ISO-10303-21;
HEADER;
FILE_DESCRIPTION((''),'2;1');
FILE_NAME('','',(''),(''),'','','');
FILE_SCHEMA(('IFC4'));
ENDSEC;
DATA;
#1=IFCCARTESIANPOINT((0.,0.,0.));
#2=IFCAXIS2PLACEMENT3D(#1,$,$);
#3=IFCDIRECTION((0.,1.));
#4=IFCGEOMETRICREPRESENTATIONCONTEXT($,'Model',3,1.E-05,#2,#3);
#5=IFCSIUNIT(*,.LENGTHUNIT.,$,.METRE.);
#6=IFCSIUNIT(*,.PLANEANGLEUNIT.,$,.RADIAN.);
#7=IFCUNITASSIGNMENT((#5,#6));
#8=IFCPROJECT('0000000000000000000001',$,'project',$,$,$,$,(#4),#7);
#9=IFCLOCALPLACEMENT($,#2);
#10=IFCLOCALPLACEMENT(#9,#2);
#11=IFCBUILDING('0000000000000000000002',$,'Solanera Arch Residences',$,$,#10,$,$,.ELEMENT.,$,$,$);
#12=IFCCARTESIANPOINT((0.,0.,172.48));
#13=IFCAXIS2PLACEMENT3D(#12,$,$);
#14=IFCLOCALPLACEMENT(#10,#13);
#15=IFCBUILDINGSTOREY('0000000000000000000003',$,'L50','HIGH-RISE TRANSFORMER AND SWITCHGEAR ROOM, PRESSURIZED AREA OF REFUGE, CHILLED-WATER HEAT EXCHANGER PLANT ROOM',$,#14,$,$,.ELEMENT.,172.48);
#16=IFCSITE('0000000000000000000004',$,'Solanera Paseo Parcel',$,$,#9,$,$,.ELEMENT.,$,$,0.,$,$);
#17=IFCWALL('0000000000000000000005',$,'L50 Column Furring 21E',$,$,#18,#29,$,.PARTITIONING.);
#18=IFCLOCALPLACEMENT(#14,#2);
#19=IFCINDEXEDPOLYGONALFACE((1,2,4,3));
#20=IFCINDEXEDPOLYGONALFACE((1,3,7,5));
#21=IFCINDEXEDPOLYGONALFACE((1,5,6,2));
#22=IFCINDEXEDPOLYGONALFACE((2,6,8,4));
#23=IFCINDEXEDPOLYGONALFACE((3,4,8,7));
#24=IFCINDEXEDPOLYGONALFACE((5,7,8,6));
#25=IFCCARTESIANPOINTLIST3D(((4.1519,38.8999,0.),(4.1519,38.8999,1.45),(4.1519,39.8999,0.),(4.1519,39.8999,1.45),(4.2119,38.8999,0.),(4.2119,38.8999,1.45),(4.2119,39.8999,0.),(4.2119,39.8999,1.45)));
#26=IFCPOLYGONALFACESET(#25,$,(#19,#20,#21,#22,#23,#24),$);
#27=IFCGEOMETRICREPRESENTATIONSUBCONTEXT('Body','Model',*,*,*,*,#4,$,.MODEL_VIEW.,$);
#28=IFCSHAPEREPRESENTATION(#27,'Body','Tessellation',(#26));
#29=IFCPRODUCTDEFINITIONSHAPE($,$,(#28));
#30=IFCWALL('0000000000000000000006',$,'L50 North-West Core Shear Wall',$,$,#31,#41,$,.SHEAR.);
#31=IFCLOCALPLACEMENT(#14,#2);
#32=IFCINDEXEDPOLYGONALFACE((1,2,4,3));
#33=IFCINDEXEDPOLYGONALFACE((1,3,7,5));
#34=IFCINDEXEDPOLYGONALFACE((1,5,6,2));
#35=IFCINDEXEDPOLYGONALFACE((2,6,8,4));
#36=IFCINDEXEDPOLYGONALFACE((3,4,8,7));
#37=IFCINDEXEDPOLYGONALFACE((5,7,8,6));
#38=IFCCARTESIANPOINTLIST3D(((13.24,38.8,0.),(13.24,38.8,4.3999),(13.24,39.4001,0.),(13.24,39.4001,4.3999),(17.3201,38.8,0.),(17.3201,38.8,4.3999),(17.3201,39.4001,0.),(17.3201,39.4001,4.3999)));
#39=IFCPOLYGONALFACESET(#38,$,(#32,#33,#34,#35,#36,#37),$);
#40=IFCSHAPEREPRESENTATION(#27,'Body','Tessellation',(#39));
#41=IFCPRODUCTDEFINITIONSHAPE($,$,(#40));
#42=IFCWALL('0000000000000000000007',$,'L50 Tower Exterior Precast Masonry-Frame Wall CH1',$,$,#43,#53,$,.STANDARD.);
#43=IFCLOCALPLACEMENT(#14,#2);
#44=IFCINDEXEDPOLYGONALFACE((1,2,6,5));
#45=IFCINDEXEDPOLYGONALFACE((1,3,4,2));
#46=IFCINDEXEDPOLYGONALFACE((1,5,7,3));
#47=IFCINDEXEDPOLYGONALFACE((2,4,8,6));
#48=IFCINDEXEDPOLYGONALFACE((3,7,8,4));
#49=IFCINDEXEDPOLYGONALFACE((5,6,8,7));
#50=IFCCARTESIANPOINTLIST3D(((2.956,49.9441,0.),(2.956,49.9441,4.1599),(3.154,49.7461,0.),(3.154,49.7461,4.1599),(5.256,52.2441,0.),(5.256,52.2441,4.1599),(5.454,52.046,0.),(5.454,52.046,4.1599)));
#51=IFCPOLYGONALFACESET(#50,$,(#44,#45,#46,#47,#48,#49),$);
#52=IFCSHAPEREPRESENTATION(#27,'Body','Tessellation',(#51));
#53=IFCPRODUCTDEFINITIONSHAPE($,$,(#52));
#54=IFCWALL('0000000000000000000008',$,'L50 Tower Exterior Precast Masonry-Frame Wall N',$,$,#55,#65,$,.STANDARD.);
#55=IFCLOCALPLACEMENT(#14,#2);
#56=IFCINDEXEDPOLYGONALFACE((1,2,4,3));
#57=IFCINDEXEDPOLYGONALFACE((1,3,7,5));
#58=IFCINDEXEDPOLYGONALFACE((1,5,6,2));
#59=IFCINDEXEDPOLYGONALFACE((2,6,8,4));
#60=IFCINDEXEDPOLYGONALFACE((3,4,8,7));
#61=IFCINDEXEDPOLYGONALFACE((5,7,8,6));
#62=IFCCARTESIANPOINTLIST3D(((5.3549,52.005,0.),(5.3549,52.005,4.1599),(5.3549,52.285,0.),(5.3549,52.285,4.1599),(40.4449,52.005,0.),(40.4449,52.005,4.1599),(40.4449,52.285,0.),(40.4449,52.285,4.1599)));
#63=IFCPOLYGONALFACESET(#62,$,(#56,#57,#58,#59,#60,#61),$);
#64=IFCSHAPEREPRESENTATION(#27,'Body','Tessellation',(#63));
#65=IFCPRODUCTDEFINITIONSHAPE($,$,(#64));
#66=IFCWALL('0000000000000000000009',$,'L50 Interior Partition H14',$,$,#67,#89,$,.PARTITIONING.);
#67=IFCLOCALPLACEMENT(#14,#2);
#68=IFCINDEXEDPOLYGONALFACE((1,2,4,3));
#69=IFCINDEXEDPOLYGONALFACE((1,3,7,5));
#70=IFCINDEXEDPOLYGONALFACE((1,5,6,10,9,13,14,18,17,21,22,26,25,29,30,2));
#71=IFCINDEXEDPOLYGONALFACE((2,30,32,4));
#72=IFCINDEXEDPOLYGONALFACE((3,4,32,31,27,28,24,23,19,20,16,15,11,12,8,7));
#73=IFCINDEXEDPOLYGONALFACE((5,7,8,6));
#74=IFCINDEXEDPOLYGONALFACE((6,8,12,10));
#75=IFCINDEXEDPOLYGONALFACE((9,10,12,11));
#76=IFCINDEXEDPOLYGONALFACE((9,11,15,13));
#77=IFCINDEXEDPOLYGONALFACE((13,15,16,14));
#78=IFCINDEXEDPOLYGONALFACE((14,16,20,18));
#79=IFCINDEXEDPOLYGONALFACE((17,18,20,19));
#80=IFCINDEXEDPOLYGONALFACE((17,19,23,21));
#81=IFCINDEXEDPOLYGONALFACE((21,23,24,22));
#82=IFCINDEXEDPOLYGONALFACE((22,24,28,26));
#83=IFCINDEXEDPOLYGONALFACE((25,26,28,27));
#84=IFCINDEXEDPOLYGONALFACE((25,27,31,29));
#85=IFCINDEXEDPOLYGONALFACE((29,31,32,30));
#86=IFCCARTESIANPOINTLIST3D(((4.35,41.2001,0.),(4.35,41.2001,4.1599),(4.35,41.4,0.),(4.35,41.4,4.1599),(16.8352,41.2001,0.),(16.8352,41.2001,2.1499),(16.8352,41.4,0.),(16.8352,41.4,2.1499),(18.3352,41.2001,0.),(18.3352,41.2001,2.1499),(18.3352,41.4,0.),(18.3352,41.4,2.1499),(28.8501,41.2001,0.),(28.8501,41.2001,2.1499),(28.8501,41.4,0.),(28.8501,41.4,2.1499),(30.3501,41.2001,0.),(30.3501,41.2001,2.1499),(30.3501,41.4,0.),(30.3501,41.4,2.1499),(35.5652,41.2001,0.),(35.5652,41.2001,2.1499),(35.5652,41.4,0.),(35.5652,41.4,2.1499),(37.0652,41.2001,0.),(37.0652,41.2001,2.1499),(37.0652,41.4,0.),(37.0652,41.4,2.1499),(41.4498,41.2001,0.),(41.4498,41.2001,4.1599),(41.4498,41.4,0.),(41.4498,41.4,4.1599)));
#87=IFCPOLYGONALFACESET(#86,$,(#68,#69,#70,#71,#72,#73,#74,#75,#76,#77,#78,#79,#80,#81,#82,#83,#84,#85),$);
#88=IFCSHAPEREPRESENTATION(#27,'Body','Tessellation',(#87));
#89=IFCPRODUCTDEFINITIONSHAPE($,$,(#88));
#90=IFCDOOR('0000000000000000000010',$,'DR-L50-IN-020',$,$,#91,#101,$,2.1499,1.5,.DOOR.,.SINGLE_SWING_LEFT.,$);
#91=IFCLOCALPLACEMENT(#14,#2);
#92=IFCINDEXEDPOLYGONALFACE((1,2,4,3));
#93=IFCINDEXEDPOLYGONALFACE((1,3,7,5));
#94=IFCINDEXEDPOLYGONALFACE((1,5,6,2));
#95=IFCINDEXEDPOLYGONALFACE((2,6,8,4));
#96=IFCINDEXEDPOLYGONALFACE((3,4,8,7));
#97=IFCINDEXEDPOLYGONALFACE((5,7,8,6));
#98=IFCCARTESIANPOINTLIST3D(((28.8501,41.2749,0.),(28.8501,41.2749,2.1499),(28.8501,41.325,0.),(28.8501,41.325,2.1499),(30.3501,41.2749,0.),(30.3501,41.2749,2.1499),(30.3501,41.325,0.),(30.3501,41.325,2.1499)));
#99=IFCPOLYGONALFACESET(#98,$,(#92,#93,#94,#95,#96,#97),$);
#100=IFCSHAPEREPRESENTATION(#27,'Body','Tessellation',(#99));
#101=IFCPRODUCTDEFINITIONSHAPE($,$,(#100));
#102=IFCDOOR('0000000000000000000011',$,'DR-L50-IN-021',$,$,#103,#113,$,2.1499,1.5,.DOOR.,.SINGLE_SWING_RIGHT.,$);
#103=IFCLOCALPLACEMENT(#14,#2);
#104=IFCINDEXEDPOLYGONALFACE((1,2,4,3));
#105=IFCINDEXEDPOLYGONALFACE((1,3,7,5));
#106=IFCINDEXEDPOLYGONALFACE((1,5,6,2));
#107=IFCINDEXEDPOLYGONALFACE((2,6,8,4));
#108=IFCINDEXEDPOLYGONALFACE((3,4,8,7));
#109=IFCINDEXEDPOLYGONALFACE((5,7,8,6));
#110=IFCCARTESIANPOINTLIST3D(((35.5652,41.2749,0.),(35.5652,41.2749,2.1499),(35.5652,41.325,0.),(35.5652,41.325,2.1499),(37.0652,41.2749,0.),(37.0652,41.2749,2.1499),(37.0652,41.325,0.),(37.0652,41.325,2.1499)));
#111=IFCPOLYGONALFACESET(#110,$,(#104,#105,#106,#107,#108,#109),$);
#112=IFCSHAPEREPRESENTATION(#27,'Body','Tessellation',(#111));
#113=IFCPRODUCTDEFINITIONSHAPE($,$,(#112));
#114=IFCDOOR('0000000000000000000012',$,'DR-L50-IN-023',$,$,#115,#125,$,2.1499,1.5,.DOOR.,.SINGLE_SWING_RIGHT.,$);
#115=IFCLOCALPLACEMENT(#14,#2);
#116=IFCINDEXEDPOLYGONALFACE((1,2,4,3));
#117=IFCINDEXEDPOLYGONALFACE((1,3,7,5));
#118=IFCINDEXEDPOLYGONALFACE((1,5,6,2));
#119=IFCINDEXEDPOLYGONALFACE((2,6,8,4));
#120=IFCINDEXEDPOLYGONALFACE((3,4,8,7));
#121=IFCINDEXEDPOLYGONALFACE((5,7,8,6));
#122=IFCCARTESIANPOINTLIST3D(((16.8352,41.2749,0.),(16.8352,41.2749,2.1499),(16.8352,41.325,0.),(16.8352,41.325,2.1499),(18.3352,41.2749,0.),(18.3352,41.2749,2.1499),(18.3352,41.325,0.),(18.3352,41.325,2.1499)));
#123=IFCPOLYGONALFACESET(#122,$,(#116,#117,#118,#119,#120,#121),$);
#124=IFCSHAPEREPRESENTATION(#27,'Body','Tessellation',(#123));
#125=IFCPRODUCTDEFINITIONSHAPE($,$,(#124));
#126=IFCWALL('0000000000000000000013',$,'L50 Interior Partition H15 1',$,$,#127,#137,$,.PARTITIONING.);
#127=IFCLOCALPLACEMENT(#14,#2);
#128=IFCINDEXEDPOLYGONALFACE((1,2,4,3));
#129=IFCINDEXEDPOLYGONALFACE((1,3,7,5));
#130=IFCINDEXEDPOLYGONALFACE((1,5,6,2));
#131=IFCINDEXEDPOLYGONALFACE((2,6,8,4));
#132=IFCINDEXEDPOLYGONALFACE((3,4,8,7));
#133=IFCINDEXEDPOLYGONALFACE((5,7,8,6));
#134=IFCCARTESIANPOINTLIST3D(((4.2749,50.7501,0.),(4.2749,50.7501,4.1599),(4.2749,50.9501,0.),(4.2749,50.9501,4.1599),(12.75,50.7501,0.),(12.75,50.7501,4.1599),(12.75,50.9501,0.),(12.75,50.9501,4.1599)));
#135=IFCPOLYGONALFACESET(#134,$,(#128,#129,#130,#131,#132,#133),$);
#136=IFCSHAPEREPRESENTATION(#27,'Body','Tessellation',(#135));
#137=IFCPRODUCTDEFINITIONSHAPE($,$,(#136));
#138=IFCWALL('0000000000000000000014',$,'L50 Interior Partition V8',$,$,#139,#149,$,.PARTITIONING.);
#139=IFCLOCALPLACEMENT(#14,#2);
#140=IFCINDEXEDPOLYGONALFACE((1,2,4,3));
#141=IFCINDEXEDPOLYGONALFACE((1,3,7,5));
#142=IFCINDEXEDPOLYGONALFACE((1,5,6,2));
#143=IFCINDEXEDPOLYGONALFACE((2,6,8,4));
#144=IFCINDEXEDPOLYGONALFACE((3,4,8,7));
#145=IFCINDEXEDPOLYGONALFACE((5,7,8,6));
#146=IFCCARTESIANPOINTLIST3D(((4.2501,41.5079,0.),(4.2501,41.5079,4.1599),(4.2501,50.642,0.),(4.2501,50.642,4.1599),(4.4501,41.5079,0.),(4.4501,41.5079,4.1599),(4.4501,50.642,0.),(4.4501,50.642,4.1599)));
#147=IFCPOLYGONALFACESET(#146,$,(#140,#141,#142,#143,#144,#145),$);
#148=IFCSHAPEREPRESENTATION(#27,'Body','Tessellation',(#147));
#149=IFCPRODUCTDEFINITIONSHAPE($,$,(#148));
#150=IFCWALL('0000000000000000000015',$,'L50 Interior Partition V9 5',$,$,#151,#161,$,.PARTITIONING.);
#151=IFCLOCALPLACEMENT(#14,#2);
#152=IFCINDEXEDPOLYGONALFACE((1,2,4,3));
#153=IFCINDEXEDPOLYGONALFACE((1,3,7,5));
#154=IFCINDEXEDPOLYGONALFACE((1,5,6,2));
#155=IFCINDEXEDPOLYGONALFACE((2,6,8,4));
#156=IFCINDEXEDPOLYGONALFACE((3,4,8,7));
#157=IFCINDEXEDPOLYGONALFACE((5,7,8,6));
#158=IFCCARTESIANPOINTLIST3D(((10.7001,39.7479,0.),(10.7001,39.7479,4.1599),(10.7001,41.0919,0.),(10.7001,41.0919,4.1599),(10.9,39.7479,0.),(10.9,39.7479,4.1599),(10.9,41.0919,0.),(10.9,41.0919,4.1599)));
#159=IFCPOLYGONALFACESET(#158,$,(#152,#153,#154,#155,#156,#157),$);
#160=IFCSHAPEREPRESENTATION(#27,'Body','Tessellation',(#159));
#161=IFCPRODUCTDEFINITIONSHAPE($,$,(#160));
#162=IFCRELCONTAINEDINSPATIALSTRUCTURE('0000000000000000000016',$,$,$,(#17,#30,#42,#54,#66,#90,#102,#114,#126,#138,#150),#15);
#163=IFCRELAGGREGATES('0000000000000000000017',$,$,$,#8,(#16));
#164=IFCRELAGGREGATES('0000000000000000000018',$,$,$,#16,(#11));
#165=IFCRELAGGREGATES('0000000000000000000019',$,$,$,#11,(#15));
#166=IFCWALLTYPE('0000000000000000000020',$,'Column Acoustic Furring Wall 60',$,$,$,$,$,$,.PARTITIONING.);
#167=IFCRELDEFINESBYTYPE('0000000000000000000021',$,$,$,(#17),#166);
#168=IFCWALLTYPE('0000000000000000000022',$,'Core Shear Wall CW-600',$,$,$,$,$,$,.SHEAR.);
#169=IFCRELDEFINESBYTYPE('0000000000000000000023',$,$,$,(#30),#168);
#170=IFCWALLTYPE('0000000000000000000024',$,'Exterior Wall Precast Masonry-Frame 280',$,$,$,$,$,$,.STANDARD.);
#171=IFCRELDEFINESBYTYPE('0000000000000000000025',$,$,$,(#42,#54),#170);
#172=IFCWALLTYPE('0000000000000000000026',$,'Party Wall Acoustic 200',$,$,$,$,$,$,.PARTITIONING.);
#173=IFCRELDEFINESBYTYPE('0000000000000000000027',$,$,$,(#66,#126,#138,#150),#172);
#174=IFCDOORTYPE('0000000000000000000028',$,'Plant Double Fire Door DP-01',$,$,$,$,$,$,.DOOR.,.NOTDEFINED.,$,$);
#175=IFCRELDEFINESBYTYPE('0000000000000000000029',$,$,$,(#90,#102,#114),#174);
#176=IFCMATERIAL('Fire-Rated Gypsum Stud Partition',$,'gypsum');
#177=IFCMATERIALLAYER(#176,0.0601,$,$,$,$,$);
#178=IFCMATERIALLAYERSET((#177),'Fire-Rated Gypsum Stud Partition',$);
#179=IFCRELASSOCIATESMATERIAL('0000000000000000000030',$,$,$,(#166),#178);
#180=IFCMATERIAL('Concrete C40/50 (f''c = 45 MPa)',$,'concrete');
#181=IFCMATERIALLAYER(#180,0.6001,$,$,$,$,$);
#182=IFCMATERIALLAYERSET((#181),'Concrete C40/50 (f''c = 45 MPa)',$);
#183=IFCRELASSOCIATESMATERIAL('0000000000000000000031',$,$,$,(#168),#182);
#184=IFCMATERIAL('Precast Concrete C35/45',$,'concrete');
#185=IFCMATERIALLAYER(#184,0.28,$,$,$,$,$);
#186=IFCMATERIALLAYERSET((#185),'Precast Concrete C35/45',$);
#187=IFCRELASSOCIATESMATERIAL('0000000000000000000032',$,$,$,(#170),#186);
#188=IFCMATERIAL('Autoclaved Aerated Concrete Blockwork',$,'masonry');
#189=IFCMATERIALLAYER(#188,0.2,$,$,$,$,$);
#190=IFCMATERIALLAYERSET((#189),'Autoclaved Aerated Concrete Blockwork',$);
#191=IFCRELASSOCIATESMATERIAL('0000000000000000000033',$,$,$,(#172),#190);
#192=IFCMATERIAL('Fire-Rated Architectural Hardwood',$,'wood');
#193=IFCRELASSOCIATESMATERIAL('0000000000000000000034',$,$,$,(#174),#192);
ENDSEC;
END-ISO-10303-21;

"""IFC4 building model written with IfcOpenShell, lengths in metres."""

from ifc_helpers import new_model, si_unit, direction, frame, frame_2d, origin, place, context, subcontext, project, spatial, rectangle, extrude, material, layer, layer_set, type_object, element, fill, save


model = new_model("IFC4")

# Units and contexts
model_context = context("Model", 3, precision=1e-05, world=origin(), true_north=direction((0.0, 1.0)))
body_context = subcontext(model_context, "Body", "Model", "MODEL_VIEW")
ifc_project = project(units=[si_unit("LENGTHUNIT", "METRE"), si_unit("PLANEANGLEUNIT", "RADIAN")], contexts=[model_context])

# Site, building, storey
site_placement = place(None, origin())
site = spatial("IfcSite", under=ifc_project, at=site_placement, Name="Solanera Paseo Parcel", CompositionType="ELEMENT", RefElevation=0.0)
building_placement = place(site_placement, origin())
building = spatial("IfcBuilding", under=site, at=building_placement, Name="Solanera Arch Residences", CompositionType="ELEMENT")
storey_placement = place(building_placement, frame((0.0, 0.0, 172.48)))
storey = spatial("IfcBuildingStorey", under=building, at=storey_placement, Name="L50", Description="HIGH-RISE TRANSFORMER AND SWITCHGEAR ROOM, PRESSURIZED AREA OF REFUGE, CHILLED-WATER HEAT EXCHANGER PLANT ROOM", CompositionType="ELEMENT", Elevation=172.48)

# Walls
ifc_material_1 = material(Name="Fire-Rated Gypsum Stud Partition", Category="gypsum")
ifc_layer_1 = layer(ifc_material_1, 0.0601)
ifc_layer_set_1 = layer_set([ifc_layer_1], Name="Fire-Rated Gypsum Stud Partition")
wall_type_1 = type_object("IfcWallType", Name="Column Acoustic Furring Wall 60", PredefinedType="PARTITIONING", material=ifc_layer_set_1)
wall_1_placement = place(storey_placement, frame((4.1819, 38.8999, 0.0), z_axis=(0.0, 0.0, 1.0), x_axis=(0.0, 1.0, 0.0)))
element("IfcWall", 1, at=wall_1_placement, inside=storey, type_object=wall_type_1, Name="L50 Column Furring 21E", PredefinedType="PARTITIONING", context=body_context, shape_type="SweptSolid", body=[
    extrude(rectangle(XDim=1.0, YDim=0.0601, at=frame_2d((0.5, 0.0))), origin(), (0.0, 0.0, 1.0), 1.45),
])
ifc_material_2 = material(Name="Concrete C40/50 (f'c = 45 MPa)", Category="concrete")
ifc_layer_2 = layer(ifc_material_2, 0.6001)
ifc_layer_set_2 = layer_set([ifc_layer_2], Name="Concrete C40/50 (f'c = 45 MPa)")
wall_type_2 = type_object("IfcWallType", Name="Core Shear Wall CW-600", PredefinedType="SHEAR", material=ifc_layer_set_2)
wall_2_placement = place(storey_placement, frame((13.24, 39.1001, 0.0), z_axis=(0.0, 0.0, 1.0), x_axis=(1.0, 0.0, 0.0)))
element("IfcWall", 2, at=wall_2_placement, inside=storey, type_object=wall_type_2, Name="L50 North-West Core Shear Wall", PredefinedType="SHEAR", context=body_context, shape_type="SweptSolid", body=[
    extrude(rectangle(XDim=4.0801, YDim=0.6001, at=frame_2d((2.04, 0.0))), origin(), (0.0, 0.0, 1.0), 4.3999),
])

# Walls
ifc_material_3 = material(Name="Precast Concrete C35/45", Category="concrete")
ifc_layer_3 = layer(ifc_material_3, 0.28)
ifc_layer_set_3 = layer_set([ifc_layer_3], Name="Precast Concrete C35/45")
wall_type_3 = type_object("IfcWallType", Name="Exterior Wall Precast Masonry-Frame 280", PredefinedType="STANDARD", material=ifc_layer_set_3)
wall_3_placement = place(storey_placement, frame((3.0549, 49.845, 0.0), z_axis=(0.0, 0.0, 1.0), x_axis=(0.707107, 0.707107, 0.0)))
element("IfcWall", 3, at=wall_3_placement, inside=storey, type_object=wall_type_3, Name="L50 Tower Exterior Precast Masonry-Frame Wall CH1", PredefinedType="STANDARD", context=body_context, shape_type="SweptSolid", body=[
    extrude(rectangle(XDim=3.2527, YDim=0.28, at=frame_2d((1.6265, 0.0))), origin(), (0.0, 0.0, 1.0), 4.1599),
])
wall_4_placement = place(storey_placement, frame((5.355, 52.145, 0.0), z_axis=(0.0, 0.0, 1.0), x_axis=(1.0, 0.0, 0.0)))
element("IfcWall", 4, at=wall_4_placement, inside=storey, type_object=wall_type_3, Name="L50 Tower Exterior Precast Masonry-Frame Wall N", PredefinedType="STANDARD", context=body_context, shape_type="SweptSolid", body=[
    extrude(rectangle(XDim=35.0901, YDim=0.28, at=frame_2d((17.5449, 0.0))), origin(), (0.0, 0.0, 1.0), 4.1599),
])

# Wall, openings, doors
ifc_material_4 = material(Name="Autoclaved Aerated Concrete Blockwork", Category="masonry")
ifc_layer_4 = layer(ifc_material_4, 0.2)
ifc_layer_set_4 = layer_set([ifc_layer_4], Name="Autoclaved Aerated Concrete Blockwork")
wall_type_4 = type_object("IfcWallType", Name="Party Wall Acoustic 200", PredefinedType="PARTITIONING", material=ifc_layer_set_4)
wall_5_placement = place(storey_placement, frame((4.3501, 41.3, 0.0), z_axis=(0.0, 0.0, 1.0), x_axis=(1.0, 0.0, 0.0)))
wall_5 = element("IfcWall", 5, at=wall_5_placement, inside=storey, type_object=wall_type_4, Name="L50 Interior Partition H14", PredefinedType="PARTITIONING", context=body_context, shape_type="SweptSolid", body=[
    extrude(rectangle(XDim=37.0999, YDim=0.2, at=frame_2d((18.5498, 0.0))), origin(), (0.0, 0.0, 1.0), 4.1599),
])
opening_1_placement = place(wall_5_placement, frame((24.5, 0.0, 0.0)))
opening_1 = element("IfcOpeningElement", 6, at=opening_1_placement, cuts=wall_5, PredefinedType="OPENING", context=body_context, shape_type="SweptSolid", body=[
    extrude(rectangle(XDim=1.5, YDim=2.1499, at=frame_2d((0.75, 1.075))), frame((0.0, 0.1101, 0.0), z_axis=(0.0, -1.0, 0.0), x_axis=(1.0, 0.0, 0.0)), (0.0, 0.0, 1.0), 0.22),
])
opening_2_placement = place(wall_5_placement, frame((31.2151, 0.0, 0.0)))
opening_2 = element("IfcOpeningElement", 7, at=opening_2_placement, cuts=wall_5, PredefinedType="OPENING", context=body_context, shape_type="SweptSolid", body=[
    extrude(rectangle(XDim=1.5, YDim=2.1499, at=frame_2d((0.75, 1.075))), frame((0.0, 0.1101, 0.0), z_axis=(0.0, -1.0, 0.0), x_axis=(1.0, 0.0, 0.0)), (0.0, 0.0, 1.0), 0.22),
])
opening_3_placement = place(wall_5_placement, frame((12.4851, 0.0, 0.0)))
opening_3 = element("IfcOpeningElement", 8, at=opening_3_placement, cuts=wall_5, PredefinedType="OPENING", context=body_context, shape_type="SweptSolid", body=[
    extrude(rectangle(XDim=1.5, YDim=2.1499, at=frame_2d((0.75, 1.075))), frame((0.0, 0.1101, 0.0), z_axis=(0.0, -1.0, 0.0), x_axis=(1.0, 0.0, 0.0)), (0.0, 0.0, 1.0), 0.22),
])
ifc_material_5 = material(Name="Fire-Rated Architectural Hardwood", Category="wood")
door_type_1 = type_object("IfcDoorType", Name="Plant Double Fire Door DP-01", OperationType="NOTDEFINED", PredefinedType="DOOR", material=ifc_material_5)
door_1_placement = place(opening_1_placement, origin())
door_1 = element("IfcDoor", 9, at=door_1_placement, inside=storey, type_object=door_type_1, Name="DR-L50-IN-020", OperationType="SINGLE_SWING_LEFT", OverallHeight=2.1499, OverallWidth=1.5, PredefinedType="DOOR", context=body_context, shape_type="SweptSolid", body=[
    extrude(rectangle(XDim=1.5, YDim=2.1499, at=frame_2d((0.75, 1.075))), frame((0.0, 0.0249, 0.0), z_axis=(0.0, -1.0, 0.0), x_axis=(1.0, 0.0, 0.0)), (0.0, 0.0, 1.0), 0.05),
])
fill(opening_1, door_1)
door_2_placement = place(opening_2_placement, origin())
door_2 = element("IfcDoor", 10, at=door_2_placement, inside=storey, type_object=door_type_1, Name="DR-L50-IN-021", OperationType="SINGLE_SWING_RIGHT", OverallHeight=2.1499, OverallWidth=1.5, PredefinedType="DOOR", context=body_context, shape_type="SweptSolid", body=[
    extrude(rectangle(XDim=1.5, YDim=2.1499, at=frame_2d((0.75, 1.075))), frame((0.0, 0.0249, 0.0), z_axis=(0.0, -1.0, 0.0), x_axis=(1.0, 0.0, 0.0)), (0.0, 0.0, 1.0), 0.05),
])
fill(opening_2, door_2)
door_3_placement = place(opening_3_placement, origin())
door_3 = element("IfcDoor", 11, at=door_3_placement, inside=storey, type_object=door_type_1, Name="DR-L50-IN-023", OperationType="SINGLE_SWING_RIGHT", OverallHeight=2.1499, OverallWidth=1.5, PredefinedType="DOOR", context=body_context, shape_type="SweptSolid", body=[
    extrude(rectangle(XDim=1.5, YDim=2.1499, at=frame_2d((0.75, 1.075))), frame((0.0, 0.0249, 0.0), z_axis=(0.0, -1.0, 0.0), x_axis=(1.0, 0.0, 0.0)), (0.0, 0.0, 1.0), 0.05),
])
fill(opening_3, door_3)

# Walls
wall_6_placement = place(storey_placement, frame((4.2749, 50.8501, 0.0), z_axis=(0.0, 0.0, 1.0), x_axis=(1.0, 0.0, 0.0)))
element("IfcWall", 12, at=wall_6_placement, inside=storey, type_object=wall_type_4, Name="L50 Interior Partition H15 1", PredefinedType="PARTITIONING", context=body_context, shape_type="SweptSolid", body=[
    extrude(rectangle(XDim=8.4751, YDim=0.2, at=frame_2d((4.2375, 0.0))), origin(), (0.0, 0.0, 1.0), 4.1599),
])
wall_7_placement = place(storey_placement, frame((4.3501, 41.5081, 0.0), z_axis=(0.0, 0.0, 1.0), x_axis=(0.0, 1.0, 0.0)))
element("IfcWall", 13, at=wall_7_placement, inside=storey, type_object=wall_type_4, Name="L50 Interior Partition V8", PredefinedType="PARTITIONING", context=body_context, shape_type="SweptSolid", body=[
    extrude(rectangle(XDim=9.134, YDim=0.2, at=frame_2d((4.5669, 0.0))), origin(), (0.0, 0.0, 1.0), 4.1599),
])
wall_8_placement = place(storey_placement, frame((10.8, 39.748, 0.0), z_axis=(0.0, 0.0, 1.0), x_axis=(0.0, 1.0, 0.0)))
element("IfcWall", 14, at=wall_8_placement, inside=storey, type_object=wall_type_4, Name="L50 Interior Partition V9 5", PredefinedType="PARTITIONING", context=body_context, shape_type="SweptSolid", body=[
    extrude(rectangle(XDim=1.344, YDim=0.2, at=frame_2d((0.6719, 0.0))), origin(), (0.0, 0.0, 1.0), 4.1599),
])

save(model, "model.ifc")
